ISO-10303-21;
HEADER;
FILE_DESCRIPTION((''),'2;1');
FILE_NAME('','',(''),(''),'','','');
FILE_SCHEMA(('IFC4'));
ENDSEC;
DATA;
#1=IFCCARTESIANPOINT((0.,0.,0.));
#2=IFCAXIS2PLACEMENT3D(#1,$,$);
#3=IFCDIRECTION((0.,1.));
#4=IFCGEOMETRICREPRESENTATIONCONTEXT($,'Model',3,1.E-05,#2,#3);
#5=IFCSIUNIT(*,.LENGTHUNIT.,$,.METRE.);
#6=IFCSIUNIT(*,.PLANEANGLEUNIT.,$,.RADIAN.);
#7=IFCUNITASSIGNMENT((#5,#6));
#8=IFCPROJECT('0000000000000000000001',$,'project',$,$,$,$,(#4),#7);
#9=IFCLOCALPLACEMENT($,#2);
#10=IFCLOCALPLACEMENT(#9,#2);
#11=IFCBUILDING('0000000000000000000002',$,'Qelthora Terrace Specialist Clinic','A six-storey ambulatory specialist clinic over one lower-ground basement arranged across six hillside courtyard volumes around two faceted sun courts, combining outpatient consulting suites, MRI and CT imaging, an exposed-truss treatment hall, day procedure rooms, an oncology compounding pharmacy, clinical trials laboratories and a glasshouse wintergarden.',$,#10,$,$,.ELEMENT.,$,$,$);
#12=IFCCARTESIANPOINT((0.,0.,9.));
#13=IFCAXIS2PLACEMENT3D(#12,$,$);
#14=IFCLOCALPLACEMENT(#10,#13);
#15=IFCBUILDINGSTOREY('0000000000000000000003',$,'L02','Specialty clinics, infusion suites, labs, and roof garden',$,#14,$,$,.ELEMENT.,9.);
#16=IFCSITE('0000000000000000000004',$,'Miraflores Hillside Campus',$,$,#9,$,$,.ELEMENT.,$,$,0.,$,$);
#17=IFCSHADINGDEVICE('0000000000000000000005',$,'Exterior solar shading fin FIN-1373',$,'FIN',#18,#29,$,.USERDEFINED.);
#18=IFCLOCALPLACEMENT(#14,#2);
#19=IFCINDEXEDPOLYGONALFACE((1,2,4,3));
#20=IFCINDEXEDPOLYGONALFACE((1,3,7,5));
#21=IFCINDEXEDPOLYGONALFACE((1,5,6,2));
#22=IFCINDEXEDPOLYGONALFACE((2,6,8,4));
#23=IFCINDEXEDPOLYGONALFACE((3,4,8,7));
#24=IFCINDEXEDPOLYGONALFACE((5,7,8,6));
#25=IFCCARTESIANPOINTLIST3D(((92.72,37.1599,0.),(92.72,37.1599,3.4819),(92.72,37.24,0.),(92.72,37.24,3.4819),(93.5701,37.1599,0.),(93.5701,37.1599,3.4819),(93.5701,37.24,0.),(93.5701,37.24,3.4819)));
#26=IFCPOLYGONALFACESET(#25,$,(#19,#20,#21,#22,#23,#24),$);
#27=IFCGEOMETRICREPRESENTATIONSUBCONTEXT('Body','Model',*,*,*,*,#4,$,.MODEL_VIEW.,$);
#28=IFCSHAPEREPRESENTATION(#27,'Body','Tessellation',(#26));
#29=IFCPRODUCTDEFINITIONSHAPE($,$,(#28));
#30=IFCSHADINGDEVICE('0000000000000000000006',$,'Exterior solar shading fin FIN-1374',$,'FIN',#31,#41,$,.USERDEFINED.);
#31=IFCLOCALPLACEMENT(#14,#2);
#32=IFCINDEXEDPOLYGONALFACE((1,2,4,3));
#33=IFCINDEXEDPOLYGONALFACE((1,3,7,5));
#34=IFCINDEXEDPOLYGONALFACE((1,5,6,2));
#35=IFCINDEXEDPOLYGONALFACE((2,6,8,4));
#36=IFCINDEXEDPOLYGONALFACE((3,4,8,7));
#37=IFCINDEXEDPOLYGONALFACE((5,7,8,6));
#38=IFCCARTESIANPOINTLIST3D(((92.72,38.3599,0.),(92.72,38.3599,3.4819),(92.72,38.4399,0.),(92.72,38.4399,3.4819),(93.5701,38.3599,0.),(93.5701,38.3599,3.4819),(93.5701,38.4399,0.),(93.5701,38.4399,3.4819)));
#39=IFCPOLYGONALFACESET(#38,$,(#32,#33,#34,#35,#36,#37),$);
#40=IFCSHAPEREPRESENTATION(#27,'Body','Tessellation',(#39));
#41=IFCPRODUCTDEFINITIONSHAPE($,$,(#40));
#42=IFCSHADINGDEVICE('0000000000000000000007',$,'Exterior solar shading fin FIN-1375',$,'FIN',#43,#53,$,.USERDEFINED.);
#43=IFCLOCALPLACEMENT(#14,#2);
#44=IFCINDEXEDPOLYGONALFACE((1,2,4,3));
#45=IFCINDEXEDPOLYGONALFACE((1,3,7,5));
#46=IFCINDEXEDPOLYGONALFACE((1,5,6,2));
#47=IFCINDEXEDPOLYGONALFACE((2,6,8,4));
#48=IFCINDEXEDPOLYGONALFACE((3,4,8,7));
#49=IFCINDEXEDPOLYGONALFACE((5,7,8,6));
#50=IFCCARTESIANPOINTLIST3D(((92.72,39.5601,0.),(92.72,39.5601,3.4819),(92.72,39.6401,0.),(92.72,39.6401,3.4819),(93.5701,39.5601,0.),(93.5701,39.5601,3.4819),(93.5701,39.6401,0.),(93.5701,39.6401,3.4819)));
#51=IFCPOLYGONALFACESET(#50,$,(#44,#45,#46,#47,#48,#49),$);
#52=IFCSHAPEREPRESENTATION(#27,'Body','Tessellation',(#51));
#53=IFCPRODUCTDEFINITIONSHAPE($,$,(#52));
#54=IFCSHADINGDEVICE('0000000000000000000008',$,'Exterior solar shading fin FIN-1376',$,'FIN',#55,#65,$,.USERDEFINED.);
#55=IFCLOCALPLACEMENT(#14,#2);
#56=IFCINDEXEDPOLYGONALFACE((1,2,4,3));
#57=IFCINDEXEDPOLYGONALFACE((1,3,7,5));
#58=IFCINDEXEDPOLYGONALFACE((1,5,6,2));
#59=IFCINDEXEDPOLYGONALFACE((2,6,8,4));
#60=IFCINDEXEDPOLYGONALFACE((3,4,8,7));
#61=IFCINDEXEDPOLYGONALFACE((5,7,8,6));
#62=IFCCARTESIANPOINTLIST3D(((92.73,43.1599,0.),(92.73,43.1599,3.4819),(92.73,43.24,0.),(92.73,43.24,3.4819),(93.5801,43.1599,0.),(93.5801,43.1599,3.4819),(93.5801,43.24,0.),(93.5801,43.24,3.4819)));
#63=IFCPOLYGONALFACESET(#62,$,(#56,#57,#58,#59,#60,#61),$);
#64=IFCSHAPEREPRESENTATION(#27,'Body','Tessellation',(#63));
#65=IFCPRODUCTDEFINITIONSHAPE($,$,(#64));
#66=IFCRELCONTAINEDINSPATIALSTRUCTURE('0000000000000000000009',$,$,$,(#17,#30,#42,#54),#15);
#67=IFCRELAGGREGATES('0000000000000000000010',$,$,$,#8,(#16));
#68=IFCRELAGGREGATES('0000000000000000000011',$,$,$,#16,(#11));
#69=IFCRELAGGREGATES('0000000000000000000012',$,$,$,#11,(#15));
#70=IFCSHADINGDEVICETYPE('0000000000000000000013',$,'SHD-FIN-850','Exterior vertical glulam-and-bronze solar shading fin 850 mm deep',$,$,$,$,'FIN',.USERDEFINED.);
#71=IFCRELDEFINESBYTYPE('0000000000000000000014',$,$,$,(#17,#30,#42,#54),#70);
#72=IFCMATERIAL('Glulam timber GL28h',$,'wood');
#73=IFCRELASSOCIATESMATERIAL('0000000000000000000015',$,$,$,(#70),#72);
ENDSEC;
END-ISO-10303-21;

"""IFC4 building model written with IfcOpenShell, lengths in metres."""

from ifc_helpers import new_model, si_unit, direction, frame, origin, origin_2d, place, context, subcontext, project, spatial, rectangle, extrude, material, type_object, element, save


model = new_model("IFC4")

# Units and contexts
model_context = context("Model", 3, precision=1e-05, world=origin(), true_north=direction((0.0, 1.0)))
body_context = subcontext(model_context, "Body", "Model", "MODEL_VIEW")
ifc_project = project(units=[si_unit("LENGTHUNIT", "METRE"), si_unit("PLANEANGLEUNIT", "RADIAN")], contexts=[model_context])

# Site, building, storey
site_placement = place(None, origin())
site = spatial("IfcSite", under=ifc_project, at=site_placement, Name="Miraflores Hillside Campus", CompositionType="ELEMENT", RefElevation=0.0)
building_placement = place(site_placement, origin())
building = spatial("IfcBuilding", under=site, at=building_placement, Name="Qelthora Terrace Specialist Clinic", Description="A six-storey ambulatory specialist clinic over one lower-ground basement arranged across six hillside courtyard volumes around two faceted sun courts, combining outpatient consulting suites, MRI and CT imaging, an exposed-truss treatment hall, day procedure rooms, an oncology compounding pharmacy, clinical trials laboratories and a glasshouse wintergarden.", CompositionType="ELEMENT")
storey_placement = place(building_placement, frame((0.0, 0.0, 9.0)))
storey = spatial("IfcBuildingStorey", under=building, at=storey_placement, Name="L02", Description="Specialty clinics, infusion suites, labs, and roof garden", CompositionType="ELEMENT", Elevation=9.0)

# Shading devices
ifc_material_1 = material(Name="Glulam timber GL28h", Category="wood")
shading_device_type = type_object("IfcShadingDeviceType", Name="SHD-FIN-850", Description="Exterior vertical glulam-and-bronze solar shading fin 850 mm deep", ElementType="FIN", PredefinedType="USERDEFINED", material=ifc_material_1)
for number, where, z_axis, x_axis, name in (
    (1, (93.145, 37.2, 0.0), (0.0, 0.0, 1.0), (-1.0, 0.0, 0.0), "Exterior solar shading fin FIN-1373"),
    (2, (93.145, 38.3999, 0.0), (0.0, 0.0, 1.0), (-1.0, 0.0, 0.0), "Exterior solar shading fin FIN-1374"),
    (3, (93.145, 39.6001, 0.0), (0.0, 0.0, 1.0), (-1.0, 0.0, 0.0), "Exterior solar shading fin FIN-1375"),
    (4, (93.155, 43.2, 0.0), (0.0, 0.0, 1.0), (-1.0, 0.0, 0.0), "Exterior solar shading fin FIN-1376"),
):
    element("IfcShadingDevice", number, at=place(storey_placement, frame(where, z_axis=z_axis, x_axis=x_axis)), inside=storey, type_object=shading_device_type, Name=name, ObjectType="FIN", PredefinedType="USERDEFINED", context=body_context, shape_type="SweptSolid", body=[
        extrude(rectangle(XDim=0.8501, YDim=0.0801, at=origin_2d()), origin(), (0.0, 0.0, 1.0), 3.4819),
    ])

save(model, "model.ifc")
